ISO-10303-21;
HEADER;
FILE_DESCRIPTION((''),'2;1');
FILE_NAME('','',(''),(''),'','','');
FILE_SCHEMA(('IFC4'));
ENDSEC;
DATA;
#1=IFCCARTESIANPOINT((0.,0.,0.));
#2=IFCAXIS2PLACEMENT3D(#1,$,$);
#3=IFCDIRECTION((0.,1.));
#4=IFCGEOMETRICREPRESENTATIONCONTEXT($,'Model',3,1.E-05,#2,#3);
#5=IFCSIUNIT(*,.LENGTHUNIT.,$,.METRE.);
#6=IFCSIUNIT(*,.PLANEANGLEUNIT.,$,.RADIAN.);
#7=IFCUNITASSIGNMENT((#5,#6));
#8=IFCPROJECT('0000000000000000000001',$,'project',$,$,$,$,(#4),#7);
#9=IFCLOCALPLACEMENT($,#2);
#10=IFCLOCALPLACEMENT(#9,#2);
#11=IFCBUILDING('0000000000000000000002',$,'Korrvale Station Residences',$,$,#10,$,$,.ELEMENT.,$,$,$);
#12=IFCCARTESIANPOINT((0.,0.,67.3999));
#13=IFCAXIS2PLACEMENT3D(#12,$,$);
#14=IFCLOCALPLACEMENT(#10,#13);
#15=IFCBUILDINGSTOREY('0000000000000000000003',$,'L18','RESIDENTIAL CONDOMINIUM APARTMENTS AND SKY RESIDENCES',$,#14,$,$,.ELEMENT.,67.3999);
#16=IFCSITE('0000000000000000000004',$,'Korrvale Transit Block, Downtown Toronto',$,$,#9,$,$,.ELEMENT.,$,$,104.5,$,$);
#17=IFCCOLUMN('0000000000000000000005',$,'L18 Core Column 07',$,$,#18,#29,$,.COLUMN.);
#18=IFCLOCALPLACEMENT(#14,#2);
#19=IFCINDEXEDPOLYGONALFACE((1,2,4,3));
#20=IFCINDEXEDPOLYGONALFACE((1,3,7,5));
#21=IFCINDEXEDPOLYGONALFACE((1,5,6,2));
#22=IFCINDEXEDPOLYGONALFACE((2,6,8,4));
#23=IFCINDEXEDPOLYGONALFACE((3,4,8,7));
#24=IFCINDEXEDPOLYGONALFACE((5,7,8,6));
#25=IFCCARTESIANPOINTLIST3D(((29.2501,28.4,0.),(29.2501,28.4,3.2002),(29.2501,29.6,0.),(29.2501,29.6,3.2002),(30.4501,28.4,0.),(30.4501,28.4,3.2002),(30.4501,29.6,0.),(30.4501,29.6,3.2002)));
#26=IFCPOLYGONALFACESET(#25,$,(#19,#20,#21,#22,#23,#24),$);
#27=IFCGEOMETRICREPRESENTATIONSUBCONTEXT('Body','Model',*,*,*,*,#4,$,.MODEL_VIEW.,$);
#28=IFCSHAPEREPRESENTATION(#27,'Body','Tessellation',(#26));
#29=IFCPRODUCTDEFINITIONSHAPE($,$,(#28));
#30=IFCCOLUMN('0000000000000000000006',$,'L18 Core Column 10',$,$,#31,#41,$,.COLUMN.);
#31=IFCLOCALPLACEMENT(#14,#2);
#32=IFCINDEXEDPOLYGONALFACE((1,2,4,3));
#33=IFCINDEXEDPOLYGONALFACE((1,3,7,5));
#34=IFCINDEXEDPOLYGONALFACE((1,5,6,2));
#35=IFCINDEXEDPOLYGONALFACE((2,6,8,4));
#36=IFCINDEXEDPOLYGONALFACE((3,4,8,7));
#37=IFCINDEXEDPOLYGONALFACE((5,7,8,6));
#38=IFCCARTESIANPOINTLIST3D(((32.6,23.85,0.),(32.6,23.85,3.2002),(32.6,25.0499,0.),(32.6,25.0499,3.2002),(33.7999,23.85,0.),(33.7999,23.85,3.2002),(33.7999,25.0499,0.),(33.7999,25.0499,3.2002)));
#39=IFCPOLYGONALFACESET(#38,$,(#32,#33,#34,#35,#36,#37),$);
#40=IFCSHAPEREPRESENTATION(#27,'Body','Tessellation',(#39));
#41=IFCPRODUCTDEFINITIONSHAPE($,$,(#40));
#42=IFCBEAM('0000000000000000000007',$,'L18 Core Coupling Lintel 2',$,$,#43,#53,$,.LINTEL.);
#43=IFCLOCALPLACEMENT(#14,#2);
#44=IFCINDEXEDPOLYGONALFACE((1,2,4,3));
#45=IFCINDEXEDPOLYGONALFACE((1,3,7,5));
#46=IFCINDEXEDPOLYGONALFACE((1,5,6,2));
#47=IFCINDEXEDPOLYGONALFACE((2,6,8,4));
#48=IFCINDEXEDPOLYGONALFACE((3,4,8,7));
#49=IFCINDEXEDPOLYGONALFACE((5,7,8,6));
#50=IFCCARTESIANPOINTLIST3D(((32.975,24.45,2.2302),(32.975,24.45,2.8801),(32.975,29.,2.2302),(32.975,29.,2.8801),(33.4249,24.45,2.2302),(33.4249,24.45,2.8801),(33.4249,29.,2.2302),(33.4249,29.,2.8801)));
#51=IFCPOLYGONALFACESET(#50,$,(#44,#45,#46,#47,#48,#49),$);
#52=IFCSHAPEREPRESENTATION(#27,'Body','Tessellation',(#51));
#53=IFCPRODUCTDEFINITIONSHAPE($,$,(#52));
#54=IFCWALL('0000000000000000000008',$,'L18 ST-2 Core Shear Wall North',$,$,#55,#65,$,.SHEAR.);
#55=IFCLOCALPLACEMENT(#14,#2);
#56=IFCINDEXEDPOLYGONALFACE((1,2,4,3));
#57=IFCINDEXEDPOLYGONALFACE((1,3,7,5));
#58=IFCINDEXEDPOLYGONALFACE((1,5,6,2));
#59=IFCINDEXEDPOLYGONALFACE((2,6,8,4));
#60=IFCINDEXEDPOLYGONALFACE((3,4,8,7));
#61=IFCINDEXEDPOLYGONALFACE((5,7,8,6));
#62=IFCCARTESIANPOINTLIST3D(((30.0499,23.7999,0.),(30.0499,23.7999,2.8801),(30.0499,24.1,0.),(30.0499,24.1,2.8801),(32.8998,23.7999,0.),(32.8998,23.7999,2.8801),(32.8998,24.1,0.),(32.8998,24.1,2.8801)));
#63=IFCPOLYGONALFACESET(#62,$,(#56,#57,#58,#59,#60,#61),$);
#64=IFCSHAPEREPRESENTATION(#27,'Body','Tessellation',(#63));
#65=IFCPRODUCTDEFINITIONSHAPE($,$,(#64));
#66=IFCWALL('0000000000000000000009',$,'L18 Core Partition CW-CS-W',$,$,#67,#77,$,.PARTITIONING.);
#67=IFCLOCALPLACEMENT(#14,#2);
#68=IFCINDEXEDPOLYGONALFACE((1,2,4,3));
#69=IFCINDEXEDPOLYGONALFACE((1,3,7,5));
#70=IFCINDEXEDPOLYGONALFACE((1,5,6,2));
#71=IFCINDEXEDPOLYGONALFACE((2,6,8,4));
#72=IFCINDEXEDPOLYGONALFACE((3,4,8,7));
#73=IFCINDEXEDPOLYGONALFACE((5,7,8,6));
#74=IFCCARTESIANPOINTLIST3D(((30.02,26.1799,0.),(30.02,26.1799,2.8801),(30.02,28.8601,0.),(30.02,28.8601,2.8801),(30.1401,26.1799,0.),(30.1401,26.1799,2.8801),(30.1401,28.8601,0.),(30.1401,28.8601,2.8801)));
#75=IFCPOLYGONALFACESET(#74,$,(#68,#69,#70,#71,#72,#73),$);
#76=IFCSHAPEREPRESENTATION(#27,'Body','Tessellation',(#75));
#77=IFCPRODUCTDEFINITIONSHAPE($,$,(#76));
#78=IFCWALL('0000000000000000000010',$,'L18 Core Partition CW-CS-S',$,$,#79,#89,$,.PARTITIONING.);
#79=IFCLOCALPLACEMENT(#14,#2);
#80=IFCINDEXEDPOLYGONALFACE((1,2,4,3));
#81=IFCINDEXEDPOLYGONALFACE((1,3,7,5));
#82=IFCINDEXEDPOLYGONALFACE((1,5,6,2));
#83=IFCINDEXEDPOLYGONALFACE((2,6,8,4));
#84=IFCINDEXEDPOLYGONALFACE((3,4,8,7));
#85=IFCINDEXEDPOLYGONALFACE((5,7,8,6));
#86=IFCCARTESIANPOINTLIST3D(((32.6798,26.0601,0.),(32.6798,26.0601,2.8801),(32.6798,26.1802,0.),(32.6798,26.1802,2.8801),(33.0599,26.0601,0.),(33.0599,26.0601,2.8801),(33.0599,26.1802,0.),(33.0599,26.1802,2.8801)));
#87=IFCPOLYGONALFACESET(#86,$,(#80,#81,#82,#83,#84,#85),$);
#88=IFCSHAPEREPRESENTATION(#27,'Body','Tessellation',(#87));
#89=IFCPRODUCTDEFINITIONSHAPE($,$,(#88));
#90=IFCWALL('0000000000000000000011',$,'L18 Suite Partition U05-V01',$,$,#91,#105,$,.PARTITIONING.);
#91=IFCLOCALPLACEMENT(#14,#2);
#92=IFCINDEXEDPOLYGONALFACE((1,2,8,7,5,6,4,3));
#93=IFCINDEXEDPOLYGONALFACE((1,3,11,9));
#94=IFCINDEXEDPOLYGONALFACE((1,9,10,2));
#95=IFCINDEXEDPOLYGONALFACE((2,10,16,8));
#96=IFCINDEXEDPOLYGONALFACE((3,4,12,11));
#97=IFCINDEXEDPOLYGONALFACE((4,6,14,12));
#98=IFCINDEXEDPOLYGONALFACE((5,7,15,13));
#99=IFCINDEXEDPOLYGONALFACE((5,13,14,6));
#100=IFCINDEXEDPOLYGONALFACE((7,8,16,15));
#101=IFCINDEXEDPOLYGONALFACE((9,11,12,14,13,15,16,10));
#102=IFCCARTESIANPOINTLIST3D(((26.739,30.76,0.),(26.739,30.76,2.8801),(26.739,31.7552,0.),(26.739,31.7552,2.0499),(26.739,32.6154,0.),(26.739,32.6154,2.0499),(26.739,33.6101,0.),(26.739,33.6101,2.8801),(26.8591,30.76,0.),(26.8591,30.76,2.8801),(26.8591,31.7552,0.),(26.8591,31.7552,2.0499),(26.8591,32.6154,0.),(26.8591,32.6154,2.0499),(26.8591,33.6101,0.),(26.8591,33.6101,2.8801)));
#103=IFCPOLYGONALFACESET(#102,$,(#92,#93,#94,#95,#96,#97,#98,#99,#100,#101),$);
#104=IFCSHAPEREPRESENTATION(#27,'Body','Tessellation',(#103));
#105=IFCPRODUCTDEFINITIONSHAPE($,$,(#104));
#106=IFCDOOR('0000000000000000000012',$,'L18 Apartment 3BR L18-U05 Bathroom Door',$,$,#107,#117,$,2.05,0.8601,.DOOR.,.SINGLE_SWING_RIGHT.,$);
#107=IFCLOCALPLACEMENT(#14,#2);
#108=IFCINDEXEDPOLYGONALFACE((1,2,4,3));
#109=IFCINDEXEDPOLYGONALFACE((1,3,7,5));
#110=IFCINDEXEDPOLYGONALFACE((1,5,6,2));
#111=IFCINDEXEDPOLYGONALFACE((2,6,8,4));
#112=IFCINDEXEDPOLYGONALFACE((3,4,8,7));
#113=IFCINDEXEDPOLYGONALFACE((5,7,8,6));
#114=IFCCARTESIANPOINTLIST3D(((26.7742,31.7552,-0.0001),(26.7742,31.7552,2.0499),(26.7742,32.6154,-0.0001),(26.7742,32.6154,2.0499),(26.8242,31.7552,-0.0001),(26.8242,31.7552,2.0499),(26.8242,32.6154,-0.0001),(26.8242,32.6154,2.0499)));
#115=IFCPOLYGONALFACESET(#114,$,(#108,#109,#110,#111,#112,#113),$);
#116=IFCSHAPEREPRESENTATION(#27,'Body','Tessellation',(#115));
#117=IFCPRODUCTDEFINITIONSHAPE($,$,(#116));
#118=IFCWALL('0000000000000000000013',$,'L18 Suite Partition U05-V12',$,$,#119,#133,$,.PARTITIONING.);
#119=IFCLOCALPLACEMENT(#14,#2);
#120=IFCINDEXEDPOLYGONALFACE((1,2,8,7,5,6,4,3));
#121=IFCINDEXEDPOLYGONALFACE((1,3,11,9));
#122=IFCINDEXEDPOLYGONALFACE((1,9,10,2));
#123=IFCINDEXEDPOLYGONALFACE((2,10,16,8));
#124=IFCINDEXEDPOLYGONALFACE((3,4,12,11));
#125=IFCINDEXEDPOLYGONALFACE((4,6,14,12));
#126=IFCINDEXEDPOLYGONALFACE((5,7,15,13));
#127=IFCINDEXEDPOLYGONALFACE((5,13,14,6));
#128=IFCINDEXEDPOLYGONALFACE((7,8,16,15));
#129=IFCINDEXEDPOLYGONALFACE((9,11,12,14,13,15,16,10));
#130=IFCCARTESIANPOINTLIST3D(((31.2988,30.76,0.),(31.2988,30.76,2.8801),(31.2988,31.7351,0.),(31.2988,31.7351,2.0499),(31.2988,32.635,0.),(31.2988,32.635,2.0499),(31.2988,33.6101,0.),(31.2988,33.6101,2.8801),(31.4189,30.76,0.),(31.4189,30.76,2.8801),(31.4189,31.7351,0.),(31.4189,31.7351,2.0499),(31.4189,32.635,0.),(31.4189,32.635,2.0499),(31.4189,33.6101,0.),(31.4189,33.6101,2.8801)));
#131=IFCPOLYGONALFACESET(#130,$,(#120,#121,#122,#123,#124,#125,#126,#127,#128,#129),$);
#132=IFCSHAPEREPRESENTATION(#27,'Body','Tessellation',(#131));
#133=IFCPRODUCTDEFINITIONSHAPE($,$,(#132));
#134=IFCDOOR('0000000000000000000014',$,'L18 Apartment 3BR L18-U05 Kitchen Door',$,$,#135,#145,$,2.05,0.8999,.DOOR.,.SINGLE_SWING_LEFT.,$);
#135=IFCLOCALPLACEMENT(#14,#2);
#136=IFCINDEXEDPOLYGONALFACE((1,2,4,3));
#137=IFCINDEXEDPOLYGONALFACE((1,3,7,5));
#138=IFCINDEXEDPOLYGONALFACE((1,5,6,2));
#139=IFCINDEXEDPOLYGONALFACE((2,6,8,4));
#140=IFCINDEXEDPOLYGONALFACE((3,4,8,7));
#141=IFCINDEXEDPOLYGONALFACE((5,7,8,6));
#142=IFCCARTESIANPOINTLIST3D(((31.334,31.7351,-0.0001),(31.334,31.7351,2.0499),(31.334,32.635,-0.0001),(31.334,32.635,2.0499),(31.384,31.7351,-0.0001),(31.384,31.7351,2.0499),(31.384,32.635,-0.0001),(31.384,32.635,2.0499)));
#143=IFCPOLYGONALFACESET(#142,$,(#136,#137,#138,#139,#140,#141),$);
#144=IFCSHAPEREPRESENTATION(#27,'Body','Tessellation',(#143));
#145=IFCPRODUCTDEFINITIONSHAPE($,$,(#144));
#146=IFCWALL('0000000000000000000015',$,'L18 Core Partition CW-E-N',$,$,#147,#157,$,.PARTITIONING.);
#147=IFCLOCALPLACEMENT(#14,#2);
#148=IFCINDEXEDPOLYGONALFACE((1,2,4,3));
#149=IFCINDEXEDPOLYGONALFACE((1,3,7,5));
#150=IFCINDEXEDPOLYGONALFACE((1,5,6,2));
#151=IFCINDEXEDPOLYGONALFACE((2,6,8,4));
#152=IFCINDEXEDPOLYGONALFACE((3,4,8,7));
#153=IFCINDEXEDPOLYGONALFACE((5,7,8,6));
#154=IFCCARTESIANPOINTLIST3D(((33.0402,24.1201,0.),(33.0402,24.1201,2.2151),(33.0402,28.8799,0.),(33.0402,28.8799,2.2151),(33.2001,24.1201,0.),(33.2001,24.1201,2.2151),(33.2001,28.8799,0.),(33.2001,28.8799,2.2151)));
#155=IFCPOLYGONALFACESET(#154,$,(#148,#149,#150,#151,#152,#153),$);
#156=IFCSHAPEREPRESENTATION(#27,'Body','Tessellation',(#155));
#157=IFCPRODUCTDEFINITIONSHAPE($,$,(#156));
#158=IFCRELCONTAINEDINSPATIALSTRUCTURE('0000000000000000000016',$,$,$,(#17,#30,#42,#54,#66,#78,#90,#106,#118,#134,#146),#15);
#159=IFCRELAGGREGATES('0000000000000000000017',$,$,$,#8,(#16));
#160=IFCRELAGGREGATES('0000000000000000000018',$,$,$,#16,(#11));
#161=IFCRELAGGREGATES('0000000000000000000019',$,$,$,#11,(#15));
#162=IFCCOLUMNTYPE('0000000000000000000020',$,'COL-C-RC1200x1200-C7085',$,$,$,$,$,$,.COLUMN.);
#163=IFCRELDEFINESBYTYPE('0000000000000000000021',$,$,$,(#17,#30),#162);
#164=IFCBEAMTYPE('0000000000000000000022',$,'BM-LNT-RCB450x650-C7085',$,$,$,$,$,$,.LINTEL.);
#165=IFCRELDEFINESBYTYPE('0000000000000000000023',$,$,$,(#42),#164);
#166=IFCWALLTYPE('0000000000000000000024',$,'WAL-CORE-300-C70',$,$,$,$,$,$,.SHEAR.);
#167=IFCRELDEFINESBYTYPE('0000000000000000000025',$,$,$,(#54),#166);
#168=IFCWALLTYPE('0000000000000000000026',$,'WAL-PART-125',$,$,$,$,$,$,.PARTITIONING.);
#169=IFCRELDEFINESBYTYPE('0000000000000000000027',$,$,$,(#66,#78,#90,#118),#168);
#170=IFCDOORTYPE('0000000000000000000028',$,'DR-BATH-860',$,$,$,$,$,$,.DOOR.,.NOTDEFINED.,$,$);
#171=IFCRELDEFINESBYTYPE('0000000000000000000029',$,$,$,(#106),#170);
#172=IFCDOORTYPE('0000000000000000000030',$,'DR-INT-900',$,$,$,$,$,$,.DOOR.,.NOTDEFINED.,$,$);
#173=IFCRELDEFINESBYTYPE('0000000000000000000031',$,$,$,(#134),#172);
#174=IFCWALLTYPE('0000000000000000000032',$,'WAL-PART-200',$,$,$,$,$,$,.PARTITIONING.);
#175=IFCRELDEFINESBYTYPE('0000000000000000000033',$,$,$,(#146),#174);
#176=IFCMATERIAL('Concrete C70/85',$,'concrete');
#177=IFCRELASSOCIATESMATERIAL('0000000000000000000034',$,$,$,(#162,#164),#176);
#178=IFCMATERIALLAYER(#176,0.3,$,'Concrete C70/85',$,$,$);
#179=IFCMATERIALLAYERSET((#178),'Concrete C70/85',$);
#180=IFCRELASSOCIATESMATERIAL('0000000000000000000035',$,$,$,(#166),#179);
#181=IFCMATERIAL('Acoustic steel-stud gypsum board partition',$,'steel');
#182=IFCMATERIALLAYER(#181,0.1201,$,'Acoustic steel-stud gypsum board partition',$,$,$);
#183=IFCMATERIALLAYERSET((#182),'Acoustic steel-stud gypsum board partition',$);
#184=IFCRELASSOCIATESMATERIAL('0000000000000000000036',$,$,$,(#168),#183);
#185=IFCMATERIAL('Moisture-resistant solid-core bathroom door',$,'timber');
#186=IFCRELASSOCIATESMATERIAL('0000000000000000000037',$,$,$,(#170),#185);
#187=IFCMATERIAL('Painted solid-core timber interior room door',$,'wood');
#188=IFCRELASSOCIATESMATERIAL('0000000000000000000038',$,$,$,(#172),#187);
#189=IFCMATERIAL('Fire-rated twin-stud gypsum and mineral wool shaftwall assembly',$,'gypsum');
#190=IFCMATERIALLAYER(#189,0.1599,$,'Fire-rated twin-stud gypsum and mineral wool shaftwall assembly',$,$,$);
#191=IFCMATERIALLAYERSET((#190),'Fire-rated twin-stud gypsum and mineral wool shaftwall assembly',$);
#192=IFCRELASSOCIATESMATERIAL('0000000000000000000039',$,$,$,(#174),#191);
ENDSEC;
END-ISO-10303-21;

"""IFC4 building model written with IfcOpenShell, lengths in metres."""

from ifc_helpers import new_model, si_unit, direction, frame, frame_2d, origin, origin_2d, place, context, subcontext, project, spatial, rectangle, extrude, material, layer, layer_set, material_profile, profile_set, type_object, element, fill, save


model = new_model("IFC4")

# Units and contexts
model_context = context("Model", 3, precision=1e-05, world=origin(), true_north=direction((0.0, 1.0)))
body_context = subcontext(model_context, "Body", "Model", "MODEL_VIEW")
ifc_project = project(units=[si_unit("LENGTHUNIT", "METRE"), si_unit("PLANEANGLEUNIT", "RADIAN")], contexts=[model_context])

# Site, building, storey
site_placement = place(None, origin())
site = spatial("IfcSite", under=ifc_project, at=site_placement, Name="Korrvale Transit Block, Downtown Toronto", CompositionType="ELEMENT", RefElevation=104.5)
building_placement = place(site_placement, origin())
building = spatial("IfcBuilding", under=site, at=building_placement, Name="Korrvale Station Residences", CompositionType="ELEMENT")
storey_placement = place(building_placement, frame((0.0, 0.0, 67.3999)))
storey = spatial("IfcBuildingStorey", under=building, at=storey_placement, Name="L18", Description="RESIDENTIAL CONDOMINIUM APARTMENTS AND SKY RESIDENCES", CompositionType="ELEMENT", Elevation=67.3999)

# Columns
ifc_material_1 = material(Name="Concrete C70/85", Category="concrete")
ifc_material_profile_1 = material_profile(ifc_material_1, rectangle(XDim=1.2, YDim=1.2, at=origin_2d()), Name="RC1200x1200")
ifc_profile_set_1 = profile_set([ifc_material_profile_1], Name="Concrete C70/85")
column_type = type_object("IfcColumnType", Name="COL-C-RC1200x1200-C7085", PredefinedType="COLUMN", material=ifc_profile_set_1)
for number, where, z_axis, x_axis, name in (
    (1, (29.8501, 29.0, 0.0), (0.0, 0.0, 1.0), (1.0, 0.0, 0.0), "L18 Core Column 07"),
    (2, (33.2, 24.45, 0.0), (0.0, 0.0, 1.0), (1.0, 0.0, 0.0), "L18 Core Column 10"),
):
    element("IfcColumn", number, at=place(storey_placement, frame(where, z_axis=z_axis, x_axis=x_axis)), inside=storey, type_object=column_type, Name=name, PredefinedType="COLUMN", context=body_context, shape_type="SweptSolid", body=[
        extrude(rectangle(XDim=1.2, YDim=1.2, at=origin_2d()), origin(), (0.0, 0.0, 1.0), 3.2002),
    ])

# Beam
ifc_material_profile_2 = material_profile(ifc_material_1, rectangle(XDim=0.45, YDim=0.6499, at=origin_2d()), Name="RCB450x650")
ifc_profile_set_2 = profile_set([ifc_material_profile_2], Name="Concrete C70/85")
beam_type = type_object("IfcBeamType", Name="BM-LNT-RCB450x650-C7085", PredefinedType="LINTEL", material=ifc_profile_set_2)
beam_placement = place(storey_placement, frame((33.2, 24.45, 2.5552), z_axis=(0.0, 1.0, 0.0), x_axis=(-1.0, 0.0, 0.0)))
element("IfcBeam", 3, at=beam_placement, inside=storey, type_object=beam_type, Name="L18 Core Coupling Lintel 2", PredefinedType="LINTEL", context=body_context, shape_type="SweptSolid", body=[
    extrude(rectangle(XDim=0.45, YDim=0.6499, at=origin_2d()), origin(), (0.0, 0.0, 1.0), 4.55),
])

# Walls
ifc_layer_1 = layer(ifc_material_1, 0.3, Name="Concrete C70/85")
ifc_layer_set_1 = layer_set([ifc_layer_1], Name="Concrete C70/85")
wall_type_1 = type_object("IfcWallType", Name="WAL-CORE-300-C70", PredefinedType="SHEAR", material=ifc_layer_set_1)
wall_1_placement = place(storey_placement, frame((30.05, 23.95, 0.0), z_axis=(0.0, 0.0, 1.0), x_axis=(1.0, 0.0, 0.0)))
element("IfcWall", 4, at=wall_1_placement, inside=storey, type_object=wall_type_1, Name="L18 ST-2 Core Shear Wall North", PredefinedType="SHEAR", context=body_context, shape_type="SweptSolid", body=[
    extrude(rectangle(XDim=2.8499, YDim=0.3, at=frame_2d((1.4248, 0.0))), origin(), (0.0, 0.0, 1.0), 2.8801),
])
ifc_material_2 = material(Name="Acoustic steel-stud gypsum board partition", Category="steel")
ifc_layer_2 = layer(ifc_material_2, 0.1201, Name="Acoustic steel-stud gypsum board partition")
ifc_layer_set_2 = layer_set([ifc_layer_2], Name="Acoustic steel-stud gypsum board partition")
wall_type_2 = type_object("IfcWallType", Name="WAL-PART-125", PredefinedType="PARTITIONING", material=ifc_layer_set_2)
wall_2_placement = place(storey_placement, frame((30.0801, 26.1799, 0.0), z_axis=(0.0, 0.0, 1.0), x_axis=(0.0, 1.0, 0.0)))
element("IfcWall", 5, at=wall_2_placement, inside=storey, type_object=wall_type_2, Name="L18 Core Partition CW-CS-W", PredefinedType="PARTITIONING", context=body_context, shape_type="SweptSolid", body=[
    extrude(rectangle(XDim=2.6802, YDim=0.1201, at=frame_2d((1.3401, 0.0))), origin(), (0.0, 0.0, 1.0), 2.8801),
])
wall_3_placement = place(storey_placement, frame((32.6799, 26.1201, 0.0), z_axis=(0.0, 0.0, 1.0), x_axis=(1.0, 0.0, 0.0)))
element("IfcWall", 6, at=wall_3_placement, inside=storey, type_object=wall_type_2, Name="L18 Core Partition CW-CS-S", PredefinedType="PARTITIONING", context=body_context, shape_type="SweptSolid", body=[
    extrude(rectangle(XDim=0.3801, YDim=0.1201, at=frame_2d((0.1899, 0.0))), origin(), (0.0, 0.0, 1.0), 2.8801),
])

# Walls, openings, doors
wall_4_placement = place(storey_placement, frame((26.7991, 30.76, 0.0), z_axis=(0.0, 0.0, 1.0), x_axis=(0.0, 1.0, 0.0)))
wall_4 = element("IfcWall", 7, at=wall_4_placement, inside=storey, type_object=wall_type_2, Name="L18 Suite Partition U05-V01", PredefinedType="PARTITIONING", context=body_context, shape_type="SweptSolid", body=[
    extrude(rectangle(XDim=2.8501, YDim=0.1201, at=frame_2d((1.425, 0.0))), origin(), (0.0, 0.0, 1.0), 2.8801),
])
opening_1_placement = place(wall_4_placement, frame((0.9951, 0.0, 0.0)))
opening_1 = element("IfcOpeningElement", 8, at=opening_1_placement, cuts=wall_4, PredefinedType="OPENING", context=body_context, shape_type="SweptSolid", body=[
    extrude(rectangle(XDim=0.8601, YDim=2.05, at=frame_2d((0.4302, 1.0249))), frame((0.0, 0.0701, 0.0), z_axis=(0.0, -1.0, 0.0), x_axis=(1.0, 0.0, 0.0)), (0.0, 0.0, 1.0), 0.1401),
])
ifc_material_3 = material(Name="Moisture-resistant solid-core bathroom door", Category="timber")
door_type_1 = type_object("IfcDoorType", Name="DR-BATH-860", OperationType="NOTDEFINED", PredefinedType="DOOR", material=ifc_material_3)
door_1_placement = place(opening_1_placement, origin())
door_1 = element("IfcDoor", 9, at=door_1_placement, inside=storey, type_object=door_type_1, Name="L18 Apartment 3BR L18-U05 Bathroom Door", OperationType="SINGLE_SWING_RIGHT", OverallHeight=2.05, OverallWidth=0.8601, PredefinedType="DOOR", context=body_context, shape_type="SweptSolid", body=[
    extrude(rectangle(XDim=0.8601, YDim=2.05, at=frame_2d((0.4302, 1.0249))), frame((0.0, 0.0249, 0.0), z_axis=(0.0, -1.0, 0.0), x_axis=(1.0, 0.0, 0.0)), (0.0, 0.0, 1.0), 0.05),
])
fill(opening_1, door_1)
wall_5_placement = place(storey_placement, frame((31.3589, 30.76, 0.0), z_axis=(0.0, 0.0, 1.0), x_axis=(0.0, 1.0, 0.0)))
wall_5 = element("IfcWall", 10, at=wall_5_placement, inside=storey, type_object=wall_type_2, Name="L18 Suite Partition U05-V12", PredefinedType="PARTITIONING", context=body_context, shape_type="SweptSolid", body=[
    extrude(rectangle(XDim=2.8501, YDim=0.1201, at=frame_2d((1.425, 0.0))), origin(), (0.0, 0.0, 1.0), 2.8801),
])
opening_2_placement = place(wall_5_placement, frame((0.9751, 0.0, 0.0)))
opening_2 = element("IfcOpeningElement", 11, at=opening_2_placement, cuts=wall_5, PredefinedType="OPENING", context=body_context, shape_type="SweptSolid", body=[
    extrude(rectangle(XDim=0.8999, YDim=2.05, at=frame_2d((0.45, 1.0249))), frame((0.0, 0.0701, 0.0), z_axis=(0.0, -1.0, 0.0), x_axis=(1.0, 0.0, 0.0)), (0.0, 0.0, 1.0), 0.1401),
])
ifc_material_4 = material(Name="Painted solid-core timber interior room door", Category="wood")
door_type_2 = type_object("IfcDoorType", Name="DR-INT-900", OperationType="NOTDEFINED", PredefinedType="DOOR", material=ifc_material_4)
door_2_placement = place(opening_2_placement, origin())
door_2 = element("IfcDoor", 12, at=door_2_placement, inside=storey, type_object=door_type_2, Name="L18 Apartment 3BR L18-U05 Kitchen Door", OperationType="SINGLE_SWING_LEFT", OverallHeight=2.05, OverallWidth=0.8999, PredefinedType="DOOR", context=body_context, shape_type="SweptSolid", body=[
    extrude(rectangle(XDim=0.8999, YDim=2.05, at=frame_2d((0.45, 1.0249))), frame((0.0, 0.0249, 0.0), z_axis=(0.0, -1.0, 0.0), x_axis=(1.0, 0.0, 0.0)), (0.0, 0.0, 1.0), 0.05),
])
fill(opening_2, door_2)

# Wall
ifc_material_5 = material(Name="Fire-rated twin-stud gypsum and mineral wool shaftwall assembly", Category="gypsum")
ifc_layer_3 = layer(ifc_material_5, 0.1599, Name="Fire-rated twin-stud gypsum and mineral wool shaftwall assembly")
ifc_layer_set_3 = layer_set([ifc_layer_3], Name="Fire-rated twin-stud gypsum and mineral wool shaftwall assembly")
wall_type_3 = type_object("IfcWallType", Name="WAL-PART-200", PredefinedType="PARTITIONING", material=ifc_layer_set_3)
wall_6_placement = place(storey_placement, frame((33.1201, 24.1201, 0.0), z_axis=(0.0, 0.0, 1.0), x_axis=(0.0, 1.0, 0.0)))
element("IfcWall", 13, at=wall_6_placement, inside=storey, type_object=wall_type_3, Name="L18 Core Partition CW-E-N", PredefinedType="PARTITIONING", context=body_context, shape_type="SweptSolid", body=[
    extrude(rectangle(XDim=4.7598, YDim=0.1599, at=frame_2d((2.3799, 0.0))), origin(), (0.0, 0.0, 1.0), 2.2151),
])

save(model, "model.ifc")
